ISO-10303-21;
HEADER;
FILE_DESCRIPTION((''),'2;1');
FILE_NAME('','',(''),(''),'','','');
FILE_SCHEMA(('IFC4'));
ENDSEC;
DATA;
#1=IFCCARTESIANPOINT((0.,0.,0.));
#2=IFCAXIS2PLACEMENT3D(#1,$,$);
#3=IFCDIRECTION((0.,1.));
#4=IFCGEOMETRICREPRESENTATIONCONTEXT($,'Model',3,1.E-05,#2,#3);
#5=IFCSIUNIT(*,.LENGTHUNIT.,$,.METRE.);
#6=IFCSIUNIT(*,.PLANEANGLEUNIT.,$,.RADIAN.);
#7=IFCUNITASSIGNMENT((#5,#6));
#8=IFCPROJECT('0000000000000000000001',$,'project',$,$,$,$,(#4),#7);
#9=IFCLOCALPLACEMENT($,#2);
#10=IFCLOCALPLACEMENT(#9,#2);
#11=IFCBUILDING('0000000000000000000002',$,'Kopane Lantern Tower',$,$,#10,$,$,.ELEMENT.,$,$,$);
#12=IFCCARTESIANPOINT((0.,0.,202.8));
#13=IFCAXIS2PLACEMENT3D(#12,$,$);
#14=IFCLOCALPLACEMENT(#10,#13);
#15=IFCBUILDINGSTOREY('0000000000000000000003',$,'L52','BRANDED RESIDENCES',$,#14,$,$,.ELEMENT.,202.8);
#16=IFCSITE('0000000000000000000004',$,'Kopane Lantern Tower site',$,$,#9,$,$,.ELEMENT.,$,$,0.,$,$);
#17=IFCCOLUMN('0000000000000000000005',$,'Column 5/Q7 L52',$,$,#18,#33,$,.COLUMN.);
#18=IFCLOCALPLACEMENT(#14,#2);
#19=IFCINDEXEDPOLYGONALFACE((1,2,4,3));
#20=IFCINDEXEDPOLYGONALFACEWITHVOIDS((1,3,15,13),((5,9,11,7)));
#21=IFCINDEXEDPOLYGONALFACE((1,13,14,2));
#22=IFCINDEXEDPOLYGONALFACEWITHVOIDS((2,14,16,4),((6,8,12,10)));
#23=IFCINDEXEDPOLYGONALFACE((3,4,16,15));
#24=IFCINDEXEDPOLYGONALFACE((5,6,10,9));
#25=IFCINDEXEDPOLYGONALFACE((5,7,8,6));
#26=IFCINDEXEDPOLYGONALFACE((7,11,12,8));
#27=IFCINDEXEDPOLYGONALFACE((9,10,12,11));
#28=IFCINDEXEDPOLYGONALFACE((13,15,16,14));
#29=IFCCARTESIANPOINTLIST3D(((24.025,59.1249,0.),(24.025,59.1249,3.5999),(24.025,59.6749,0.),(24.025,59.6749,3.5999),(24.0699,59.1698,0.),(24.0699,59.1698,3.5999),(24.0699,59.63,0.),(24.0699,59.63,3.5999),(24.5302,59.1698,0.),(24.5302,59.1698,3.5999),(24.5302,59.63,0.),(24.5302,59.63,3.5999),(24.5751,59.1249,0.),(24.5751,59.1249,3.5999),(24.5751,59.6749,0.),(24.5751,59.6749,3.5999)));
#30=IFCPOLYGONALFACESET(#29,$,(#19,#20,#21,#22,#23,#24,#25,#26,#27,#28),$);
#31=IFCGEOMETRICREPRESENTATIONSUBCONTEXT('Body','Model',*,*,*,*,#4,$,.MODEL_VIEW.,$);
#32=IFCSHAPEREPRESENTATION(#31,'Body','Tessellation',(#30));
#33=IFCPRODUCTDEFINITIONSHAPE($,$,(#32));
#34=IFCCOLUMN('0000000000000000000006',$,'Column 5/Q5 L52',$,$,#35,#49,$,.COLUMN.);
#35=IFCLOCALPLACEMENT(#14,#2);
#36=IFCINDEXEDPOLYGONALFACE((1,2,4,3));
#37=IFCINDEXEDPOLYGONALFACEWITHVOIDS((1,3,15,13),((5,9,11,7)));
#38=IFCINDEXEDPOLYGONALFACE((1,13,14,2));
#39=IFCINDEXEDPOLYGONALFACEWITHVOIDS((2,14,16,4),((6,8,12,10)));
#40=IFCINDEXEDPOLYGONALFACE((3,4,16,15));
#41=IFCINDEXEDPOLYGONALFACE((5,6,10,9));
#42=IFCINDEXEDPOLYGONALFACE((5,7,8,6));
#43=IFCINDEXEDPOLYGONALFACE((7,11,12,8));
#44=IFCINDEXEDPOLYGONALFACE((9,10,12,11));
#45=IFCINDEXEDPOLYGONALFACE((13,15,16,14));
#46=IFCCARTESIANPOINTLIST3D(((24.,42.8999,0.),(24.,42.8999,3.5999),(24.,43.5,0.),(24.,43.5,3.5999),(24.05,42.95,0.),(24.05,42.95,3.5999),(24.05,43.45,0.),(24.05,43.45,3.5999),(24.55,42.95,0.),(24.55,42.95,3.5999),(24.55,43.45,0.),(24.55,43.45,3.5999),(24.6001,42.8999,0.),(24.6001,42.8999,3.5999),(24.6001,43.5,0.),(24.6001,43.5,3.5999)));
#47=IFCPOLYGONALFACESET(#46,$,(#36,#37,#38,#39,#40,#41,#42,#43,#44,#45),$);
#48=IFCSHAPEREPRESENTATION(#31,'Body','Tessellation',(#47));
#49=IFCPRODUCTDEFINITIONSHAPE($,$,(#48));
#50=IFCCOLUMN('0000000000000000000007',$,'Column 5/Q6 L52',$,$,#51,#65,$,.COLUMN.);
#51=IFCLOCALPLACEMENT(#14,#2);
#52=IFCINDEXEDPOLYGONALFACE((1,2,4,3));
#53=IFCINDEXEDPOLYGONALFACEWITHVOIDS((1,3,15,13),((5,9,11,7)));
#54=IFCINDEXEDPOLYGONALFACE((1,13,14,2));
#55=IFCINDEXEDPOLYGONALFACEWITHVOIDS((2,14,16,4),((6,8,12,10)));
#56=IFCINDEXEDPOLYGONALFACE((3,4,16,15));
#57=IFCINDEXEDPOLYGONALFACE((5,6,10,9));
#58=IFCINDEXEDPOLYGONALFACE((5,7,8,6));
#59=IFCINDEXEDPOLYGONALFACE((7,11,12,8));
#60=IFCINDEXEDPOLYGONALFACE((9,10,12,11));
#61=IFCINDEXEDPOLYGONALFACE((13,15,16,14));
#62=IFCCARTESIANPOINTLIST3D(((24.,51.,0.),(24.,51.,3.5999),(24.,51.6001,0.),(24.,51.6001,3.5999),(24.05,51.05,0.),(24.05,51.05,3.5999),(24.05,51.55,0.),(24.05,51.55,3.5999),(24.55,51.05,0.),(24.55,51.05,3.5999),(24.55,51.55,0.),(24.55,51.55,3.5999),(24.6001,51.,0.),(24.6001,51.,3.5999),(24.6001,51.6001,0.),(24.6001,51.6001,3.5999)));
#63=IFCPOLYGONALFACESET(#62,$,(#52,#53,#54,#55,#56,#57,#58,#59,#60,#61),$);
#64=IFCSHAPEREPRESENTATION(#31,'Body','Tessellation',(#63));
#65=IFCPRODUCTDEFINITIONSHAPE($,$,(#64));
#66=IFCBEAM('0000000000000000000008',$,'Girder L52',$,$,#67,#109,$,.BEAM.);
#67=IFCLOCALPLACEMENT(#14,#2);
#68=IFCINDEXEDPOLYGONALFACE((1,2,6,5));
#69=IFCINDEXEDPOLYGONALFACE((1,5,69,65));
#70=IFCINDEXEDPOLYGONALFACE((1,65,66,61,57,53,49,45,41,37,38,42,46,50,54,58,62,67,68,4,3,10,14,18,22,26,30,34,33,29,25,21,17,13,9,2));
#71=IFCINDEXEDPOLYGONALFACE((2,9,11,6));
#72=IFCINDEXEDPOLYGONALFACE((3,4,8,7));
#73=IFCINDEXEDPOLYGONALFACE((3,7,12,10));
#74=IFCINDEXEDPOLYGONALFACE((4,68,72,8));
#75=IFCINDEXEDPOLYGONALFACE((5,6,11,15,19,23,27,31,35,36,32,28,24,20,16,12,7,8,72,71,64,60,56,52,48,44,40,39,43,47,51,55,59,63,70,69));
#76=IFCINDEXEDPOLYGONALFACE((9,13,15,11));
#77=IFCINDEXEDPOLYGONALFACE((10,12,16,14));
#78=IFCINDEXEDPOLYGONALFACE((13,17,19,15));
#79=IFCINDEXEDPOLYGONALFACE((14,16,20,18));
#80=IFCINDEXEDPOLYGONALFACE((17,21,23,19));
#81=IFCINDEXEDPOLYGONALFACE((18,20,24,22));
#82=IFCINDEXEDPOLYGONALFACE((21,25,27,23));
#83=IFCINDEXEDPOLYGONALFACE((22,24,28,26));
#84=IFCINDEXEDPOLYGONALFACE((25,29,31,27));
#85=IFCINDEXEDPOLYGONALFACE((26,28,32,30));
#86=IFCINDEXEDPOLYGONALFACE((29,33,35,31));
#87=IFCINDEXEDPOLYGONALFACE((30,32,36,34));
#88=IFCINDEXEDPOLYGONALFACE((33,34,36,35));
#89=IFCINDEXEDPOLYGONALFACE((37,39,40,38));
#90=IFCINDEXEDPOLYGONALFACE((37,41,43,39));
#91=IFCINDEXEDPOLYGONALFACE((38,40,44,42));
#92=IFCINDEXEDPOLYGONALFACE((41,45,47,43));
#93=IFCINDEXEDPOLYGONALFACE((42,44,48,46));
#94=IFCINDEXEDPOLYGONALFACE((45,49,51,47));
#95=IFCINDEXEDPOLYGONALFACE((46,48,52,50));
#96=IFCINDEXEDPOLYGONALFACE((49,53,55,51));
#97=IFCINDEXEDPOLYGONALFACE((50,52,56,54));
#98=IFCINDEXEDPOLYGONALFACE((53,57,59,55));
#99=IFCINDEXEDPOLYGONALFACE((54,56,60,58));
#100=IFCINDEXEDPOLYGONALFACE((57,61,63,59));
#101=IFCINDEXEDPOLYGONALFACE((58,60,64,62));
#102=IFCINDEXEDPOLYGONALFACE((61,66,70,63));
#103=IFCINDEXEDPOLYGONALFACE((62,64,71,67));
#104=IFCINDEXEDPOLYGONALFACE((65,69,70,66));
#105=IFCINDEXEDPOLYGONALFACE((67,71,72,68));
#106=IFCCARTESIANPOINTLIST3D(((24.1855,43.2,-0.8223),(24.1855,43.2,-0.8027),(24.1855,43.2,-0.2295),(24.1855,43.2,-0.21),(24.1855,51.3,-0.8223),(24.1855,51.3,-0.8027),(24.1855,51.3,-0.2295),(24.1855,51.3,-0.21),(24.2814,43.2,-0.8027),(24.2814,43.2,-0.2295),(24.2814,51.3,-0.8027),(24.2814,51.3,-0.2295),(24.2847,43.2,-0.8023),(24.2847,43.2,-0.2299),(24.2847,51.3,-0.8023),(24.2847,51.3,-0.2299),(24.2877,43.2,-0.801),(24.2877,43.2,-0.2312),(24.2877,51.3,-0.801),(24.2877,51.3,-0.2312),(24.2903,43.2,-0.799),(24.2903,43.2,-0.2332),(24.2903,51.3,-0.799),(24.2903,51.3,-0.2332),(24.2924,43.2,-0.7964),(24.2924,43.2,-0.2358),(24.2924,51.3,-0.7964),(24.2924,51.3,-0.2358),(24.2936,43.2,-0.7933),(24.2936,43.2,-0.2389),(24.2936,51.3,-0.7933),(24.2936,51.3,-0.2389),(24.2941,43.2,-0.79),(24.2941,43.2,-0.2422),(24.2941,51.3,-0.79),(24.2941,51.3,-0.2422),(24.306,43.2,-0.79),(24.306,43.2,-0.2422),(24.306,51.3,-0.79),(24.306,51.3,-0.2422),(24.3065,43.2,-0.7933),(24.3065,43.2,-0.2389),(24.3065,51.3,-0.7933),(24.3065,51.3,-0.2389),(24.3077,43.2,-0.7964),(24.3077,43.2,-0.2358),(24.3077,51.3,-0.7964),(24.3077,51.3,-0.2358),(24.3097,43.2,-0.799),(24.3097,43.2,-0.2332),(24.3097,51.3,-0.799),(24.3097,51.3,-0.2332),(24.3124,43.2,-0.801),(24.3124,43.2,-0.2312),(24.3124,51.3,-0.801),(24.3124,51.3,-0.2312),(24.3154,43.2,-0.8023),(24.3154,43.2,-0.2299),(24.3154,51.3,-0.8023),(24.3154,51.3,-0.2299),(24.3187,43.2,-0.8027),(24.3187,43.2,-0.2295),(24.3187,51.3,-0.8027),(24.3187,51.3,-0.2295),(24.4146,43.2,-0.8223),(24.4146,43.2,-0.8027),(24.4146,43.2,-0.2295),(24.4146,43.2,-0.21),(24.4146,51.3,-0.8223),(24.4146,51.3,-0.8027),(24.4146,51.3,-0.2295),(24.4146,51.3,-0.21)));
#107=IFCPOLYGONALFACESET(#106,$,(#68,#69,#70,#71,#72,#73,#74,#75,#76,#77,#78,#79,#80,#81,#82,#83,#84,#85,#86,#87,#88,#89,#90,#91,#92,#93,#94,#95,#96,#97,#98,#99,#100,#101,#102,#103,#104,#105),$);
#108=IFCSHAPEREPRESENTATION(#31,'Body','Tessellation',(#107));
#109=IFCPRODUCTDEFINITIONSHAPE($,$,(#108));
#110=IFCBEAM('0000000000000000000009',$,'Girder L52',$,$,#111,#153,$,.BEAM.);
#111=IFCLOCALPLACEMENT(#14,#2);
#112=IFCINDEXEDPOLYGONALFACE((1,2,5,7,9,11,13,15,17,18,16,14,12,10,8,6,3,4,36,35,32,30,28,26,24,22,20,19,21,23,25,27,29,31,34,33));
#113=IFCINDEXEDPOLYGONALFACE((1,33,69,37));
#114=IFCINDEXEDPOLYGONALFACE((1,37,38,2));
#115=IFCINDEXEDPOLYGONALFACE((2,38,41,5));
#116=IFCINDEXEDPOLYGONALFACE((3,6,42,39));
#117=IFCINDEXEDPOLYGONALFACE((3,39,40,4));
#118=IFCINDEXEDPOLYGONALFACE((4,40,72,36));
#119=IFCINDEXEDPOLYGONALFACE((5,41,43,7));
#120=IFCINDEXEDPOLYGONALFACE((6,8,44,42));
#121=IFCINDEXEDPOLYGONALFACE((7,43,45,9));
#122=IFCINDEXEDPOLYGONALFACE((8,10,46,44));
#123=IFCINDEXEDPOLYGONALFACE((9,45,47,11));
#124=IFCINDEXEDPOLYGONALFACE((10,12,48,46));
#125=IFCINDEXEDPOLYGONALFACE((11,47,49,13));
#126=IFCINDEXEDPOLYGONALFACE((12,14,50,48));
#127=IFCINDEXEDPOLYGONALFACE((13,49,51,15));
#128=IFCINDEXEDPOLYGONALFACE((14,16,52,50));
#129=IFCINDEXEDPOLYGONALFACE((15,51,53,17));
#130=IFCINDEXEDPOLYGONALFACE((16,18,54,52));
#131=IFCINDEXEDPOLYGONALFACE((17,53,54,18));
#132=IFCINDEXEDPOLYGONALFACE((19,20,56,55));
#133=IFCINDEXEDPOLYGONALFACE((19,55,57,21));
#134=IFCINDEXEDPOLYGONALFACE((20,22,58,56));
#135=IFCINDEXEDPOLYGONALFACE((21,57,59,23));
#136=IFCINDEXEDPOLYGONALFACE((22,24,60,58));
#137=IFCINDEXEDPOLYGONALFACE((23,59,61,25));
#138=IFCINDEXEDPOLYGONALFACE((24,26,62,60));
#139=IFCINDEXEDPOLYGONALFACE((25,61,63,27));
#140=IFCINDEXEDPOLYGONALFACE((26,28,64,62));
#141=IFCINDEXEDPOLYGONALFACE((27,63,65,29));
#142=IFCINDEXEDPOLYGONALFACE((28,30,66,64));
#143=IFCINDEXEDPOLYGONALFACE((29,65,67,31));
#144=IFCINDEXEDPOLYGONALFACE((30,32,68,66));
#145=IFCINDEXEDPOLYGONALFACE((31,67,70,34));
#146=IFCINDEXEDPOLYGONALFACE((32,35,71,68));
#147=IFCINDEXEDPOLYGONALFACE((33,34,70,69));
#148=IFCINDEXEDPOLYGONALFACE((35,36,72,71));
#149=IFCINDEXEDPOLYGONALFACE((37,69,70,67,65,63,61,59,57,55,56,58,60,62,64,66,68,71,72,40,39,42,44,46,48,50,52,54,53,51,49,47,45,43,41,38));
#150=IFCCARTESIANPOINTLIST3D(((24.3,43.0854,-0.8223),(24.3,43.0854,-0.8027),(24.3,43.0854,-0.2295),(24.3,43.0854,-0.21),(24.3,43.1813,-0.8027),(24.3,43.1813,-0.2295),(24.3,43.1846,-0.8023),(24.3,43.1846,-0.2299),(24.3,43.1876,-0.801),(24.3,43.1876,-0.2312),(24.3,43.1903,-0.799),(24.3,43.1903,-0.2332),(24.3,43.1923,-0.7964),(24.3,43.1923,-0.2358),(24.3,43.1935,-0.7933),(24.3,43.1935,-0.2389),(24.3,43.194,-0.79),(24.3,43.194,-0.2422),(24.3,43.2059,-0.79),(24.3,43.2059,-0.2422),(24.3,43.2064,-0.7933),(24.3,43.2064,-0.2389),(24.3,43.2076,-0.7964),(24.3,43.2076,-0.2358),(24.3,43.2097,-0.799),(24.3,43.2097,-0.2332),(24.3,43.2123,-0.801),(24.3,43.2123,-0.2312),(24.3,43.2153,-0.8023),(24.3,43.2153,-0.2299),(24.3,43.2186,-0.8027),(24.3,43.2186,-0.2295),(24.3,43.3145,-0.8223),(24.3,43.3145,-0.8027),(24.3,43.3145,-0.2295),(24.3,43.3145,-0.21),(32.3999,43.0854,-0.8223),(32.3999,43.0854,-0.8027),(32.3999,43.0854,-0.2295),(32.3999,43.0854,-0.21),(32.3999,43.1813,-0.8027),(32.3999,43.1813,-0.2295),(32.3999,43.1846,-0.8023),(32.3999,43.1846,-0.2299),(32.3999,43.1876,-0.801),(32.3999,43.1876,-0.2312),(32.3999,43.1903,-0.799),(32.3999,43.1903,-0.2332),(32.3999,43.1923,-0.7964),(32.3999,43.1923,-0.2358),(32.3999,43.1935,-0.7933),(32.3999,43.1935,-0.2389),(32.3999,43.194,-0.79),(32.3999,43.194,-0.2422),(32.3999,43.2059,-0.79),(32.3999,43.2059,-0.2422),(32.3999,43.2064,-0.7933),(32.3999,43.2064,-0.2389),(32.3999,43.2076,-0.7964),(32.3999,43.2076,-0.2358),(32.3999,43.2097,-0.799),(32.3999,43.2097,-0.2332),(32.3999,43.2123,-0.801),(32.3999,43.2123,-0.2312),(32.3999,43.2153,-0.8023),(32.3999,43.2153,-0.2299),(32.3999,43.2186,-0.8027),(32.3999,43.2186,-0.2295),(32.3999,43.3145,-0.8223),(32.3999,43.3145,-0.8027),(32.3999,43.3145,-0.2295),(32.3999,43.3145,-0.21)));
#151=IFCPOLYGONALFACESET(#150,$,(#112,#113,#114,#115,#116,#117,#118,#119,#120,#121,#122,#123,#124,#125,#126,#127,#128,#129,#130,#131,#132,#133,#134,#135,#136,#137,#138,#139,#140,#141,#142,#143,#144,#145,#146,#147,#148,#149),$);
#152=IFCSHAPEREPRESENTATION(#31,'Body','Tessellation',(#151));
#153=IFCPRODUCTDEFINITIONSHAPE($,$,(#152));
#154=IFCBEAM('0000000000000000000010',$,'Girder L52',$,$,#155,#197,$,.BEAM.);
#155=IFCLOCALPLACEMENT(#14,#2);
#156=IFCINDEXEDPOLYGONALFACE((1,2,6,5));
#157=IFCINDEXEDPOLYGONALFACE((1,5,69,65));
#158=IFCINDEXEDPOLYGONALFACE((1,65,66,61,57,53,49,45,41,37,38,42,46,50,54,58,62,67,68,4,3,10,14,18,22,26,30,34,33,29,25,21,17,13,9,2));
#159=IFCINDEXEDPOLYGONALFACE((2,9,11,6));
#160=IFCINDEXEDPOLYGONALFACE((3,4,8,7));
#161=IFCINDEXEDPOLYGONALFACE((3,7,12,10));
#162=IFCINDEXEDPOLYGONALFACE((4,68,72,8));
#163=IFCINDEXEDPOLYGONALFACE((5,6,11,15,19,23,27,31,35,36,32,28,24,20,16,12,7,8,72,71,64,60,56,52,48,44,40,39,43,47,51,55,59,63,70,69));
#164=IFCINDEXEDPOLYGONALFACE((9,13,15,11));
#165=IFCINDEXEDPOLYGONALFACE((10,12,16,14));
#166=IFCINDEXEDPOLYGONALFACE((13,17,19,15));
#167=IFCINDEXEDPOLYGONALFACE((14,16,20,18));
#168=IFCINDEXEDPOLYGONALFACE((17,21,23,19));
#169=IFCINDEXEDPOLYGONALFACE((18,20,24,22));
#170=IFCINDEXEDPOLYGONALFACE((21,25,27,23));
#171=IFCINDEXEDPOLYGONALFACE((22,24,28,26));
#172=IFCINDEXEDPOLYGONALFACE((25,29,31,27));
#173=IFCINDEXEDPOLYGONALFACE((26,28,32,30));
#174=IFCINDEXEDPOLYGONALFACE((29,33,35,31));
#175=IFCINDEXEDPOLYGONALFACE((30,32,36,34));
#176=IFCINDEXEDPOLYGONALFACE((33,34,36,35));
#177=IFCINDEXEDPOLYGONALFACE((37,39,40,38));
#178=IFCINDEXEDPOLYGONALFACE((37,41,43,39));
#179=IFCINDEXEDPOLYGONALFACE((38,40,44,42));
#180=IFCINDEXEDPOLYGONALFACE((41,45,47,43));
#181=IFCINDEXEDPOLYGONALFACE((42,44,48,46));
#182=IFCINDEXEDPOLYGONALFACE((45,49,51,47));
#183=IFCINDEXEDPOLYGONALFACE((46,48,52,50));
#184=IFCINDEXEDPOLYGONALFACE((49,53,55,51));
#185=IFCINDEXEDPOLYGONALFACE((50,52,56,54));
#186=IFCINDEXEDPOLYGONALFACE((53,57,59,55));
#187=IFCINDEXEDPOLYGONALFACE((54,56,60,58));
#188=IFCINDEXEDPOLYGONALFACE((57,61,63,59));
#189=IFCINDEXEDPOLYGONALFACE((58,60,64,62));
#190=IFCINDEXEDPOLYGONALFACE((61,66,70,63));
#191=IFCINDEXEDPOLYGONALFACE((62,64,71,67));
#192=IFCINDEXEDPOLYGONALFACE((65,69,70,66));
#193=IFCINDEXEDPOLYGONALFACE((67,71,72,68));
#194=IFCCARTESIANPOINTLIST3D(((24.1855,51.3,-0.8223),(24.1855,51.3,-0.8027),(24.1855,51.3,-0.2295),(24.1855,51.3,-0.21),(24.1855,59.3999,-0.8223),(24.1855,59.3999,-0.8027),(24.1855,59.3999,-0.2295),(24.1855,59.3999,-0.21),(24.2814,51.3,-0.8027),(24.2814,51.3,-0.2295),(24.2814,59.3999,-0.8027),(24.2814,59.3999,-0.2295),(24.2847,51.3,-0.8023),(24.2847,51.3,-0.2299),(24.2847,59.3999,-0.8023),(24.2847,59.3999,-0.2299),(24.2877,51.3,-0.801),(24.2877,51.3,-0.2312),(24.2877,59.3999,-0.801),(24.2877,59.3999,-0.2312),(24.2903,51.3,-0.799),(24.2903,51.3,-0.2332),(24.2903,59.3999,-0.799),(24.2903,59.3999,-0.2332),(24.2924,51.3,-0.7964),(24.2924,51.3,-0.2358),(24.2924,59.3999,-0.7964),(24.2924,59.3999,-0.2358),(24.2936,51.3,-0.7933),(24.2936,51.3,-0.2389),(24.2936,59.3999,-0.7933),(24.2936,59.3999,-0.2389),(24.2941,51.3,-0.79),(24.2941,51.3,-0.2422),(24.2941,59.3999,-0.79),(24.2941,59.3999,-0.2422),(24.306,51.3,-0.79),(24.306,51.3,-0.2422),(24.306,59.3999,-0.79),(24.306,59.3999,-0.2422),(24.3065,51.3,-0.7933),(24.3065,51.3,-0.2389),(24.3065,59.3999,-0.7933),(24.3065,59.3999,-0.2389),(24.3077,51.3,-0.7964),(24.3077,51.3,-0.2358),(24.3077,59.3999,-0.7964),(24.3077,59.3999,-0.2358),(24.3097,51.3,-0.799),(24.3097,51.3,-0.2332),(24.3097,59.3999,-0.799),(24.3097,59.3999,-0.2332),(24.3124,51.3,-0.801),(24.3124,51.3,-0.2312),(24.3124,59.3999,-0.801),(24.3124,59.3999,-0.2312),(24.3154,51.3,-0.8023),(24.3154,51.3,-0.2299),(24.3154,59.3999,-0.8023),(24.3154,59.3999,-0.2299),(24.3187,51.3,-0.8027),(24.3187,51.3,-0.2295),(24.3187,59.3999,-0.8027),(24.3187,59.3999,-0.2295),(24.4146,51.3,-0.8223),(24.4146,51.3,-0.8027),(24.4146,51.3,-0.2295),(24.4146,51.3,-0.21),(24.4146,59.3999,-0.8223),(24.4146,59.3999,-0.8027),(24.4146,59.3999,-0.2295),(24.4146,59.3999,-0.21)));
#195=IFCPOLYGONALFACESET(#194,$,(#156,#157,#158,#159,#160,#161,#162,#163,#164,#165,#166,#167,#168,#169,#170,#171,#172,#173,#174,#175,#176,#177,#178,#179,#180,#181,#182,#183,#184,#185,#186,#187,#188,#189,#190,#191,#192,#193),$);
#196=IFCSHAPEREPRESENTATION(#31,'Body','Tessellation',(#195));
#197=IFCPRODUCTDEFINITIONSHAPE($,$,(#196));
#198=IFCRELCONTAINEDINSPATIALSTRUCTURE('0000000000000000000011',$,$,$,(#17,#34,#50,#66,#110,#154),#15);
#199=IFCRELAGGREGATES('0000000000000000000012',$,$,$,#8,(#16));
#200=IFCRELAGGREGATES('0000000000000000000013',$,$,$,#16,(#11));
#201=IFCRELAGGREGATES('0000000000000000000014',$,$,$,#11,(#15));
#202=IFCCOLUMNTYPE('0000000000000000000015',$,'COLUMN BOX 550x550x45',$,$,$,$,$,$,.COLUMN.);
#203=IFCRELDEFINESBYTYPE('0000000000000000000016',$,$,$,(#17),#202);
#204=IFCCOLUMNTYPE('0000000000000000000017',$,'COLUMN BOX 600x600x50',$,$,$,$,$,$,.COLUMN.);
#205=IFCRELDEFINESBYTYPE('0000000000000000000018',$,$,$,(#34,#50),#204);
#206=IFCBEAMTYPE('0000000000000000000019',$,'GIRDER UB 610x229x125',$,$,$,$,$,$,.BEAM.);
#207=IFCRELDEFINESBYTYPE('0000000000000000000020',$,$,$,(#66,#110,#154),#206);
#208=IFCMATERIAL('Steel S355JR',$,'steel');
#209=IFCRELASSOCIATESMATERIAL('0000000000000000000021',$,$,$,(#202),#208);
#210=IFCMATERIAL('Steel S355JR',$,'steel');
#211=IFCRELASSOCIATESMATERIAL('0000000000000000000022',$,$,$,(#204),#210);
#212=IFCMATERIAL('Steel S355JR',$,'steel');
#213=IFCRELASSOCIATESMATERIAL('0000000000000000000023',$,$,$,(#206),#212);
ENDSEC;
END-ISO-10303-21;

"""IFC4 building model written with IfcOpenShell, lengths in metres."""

from ifc_helpers import new_model, si_unit, direction, frame, origin, origin_2d, place, context, subcontext, project, spatial, hollow_rectangle, i_section, extrude, material, material_profile, profile_set, type_object, element, save


model = new_model("IFC4")

# Units and contexts
model_context = context("Model", 3, precision=1e-05, world=origin(), true_north=direction((0.0, 1.0)))
body_context = subcontext(model_context, "Body", "Model", "MODEL_VIEW")
ifc_project = project(units=[si_unit("LENGTHUNIT", "METRE"), si_unit("PLANEANGLEUNIT", "RADIAN")], contexts=[model_context])

# Site, building, storey
site_placement = place(None, origin())
site = spatial("IfcSite", under=ifc_project, at=site_placement, Name="Kopane Lantern Tower site", CompositionType="ELEMENT", RefElevation=0.0)
building_placement = place(site_placement, origin())
building = spatial("IfcBuilding", under=site, at=building_placement, Name="Kopane Lantern Tower", CompositionType="ELEMENT")
storey_placement = place(building_placement, frame((0.0, 0.0, 202.8)))
storey = spatial("IfcBuildingStorey", under=building, at=storey_placement, Name="L52", Description="BRANDED RESIDENCES", CompositionType="ELEMENT", Elevation=202.8)

# Columns
ifc_material_1 = material(Name="Steel S355JR", Category="steel")
ifc_material_profile_1 = material_profile(ifc_material_1, hollow_rectangle(XDim=0.55, YDim=0.55, WallThickness=0.0449, at=origin_2d()), Name="BOX 550x550x45")
ifc_profile_set_1 = profile_set([ifc_material_profile_1], Name="Steel S355JR")
column_type_1 = type_object("IfcColumnType", Name="COLUMN BOX 550x550x45", PredefinedType="COLUMN", material=ifc_profile_set_1)
column_placement = place(storey_placement, frame((24.3, 59.3999, 0.0), z_axis=(0.0, 0.0, 1.0), x_axis=(1.0, 0.0, 0.0)))
element("IfcColumn", 1, at=column_placement, inside=storey, type_object=column_type_1, Name="Column 5/Q7 L52", PredefinedType="COLUMN", context=body_context, shape_type="SweptSolid", body=[
    extrude(hollow_rectangle(XDim=0.55, YDim=0.55, WallThickness=0.0449, at=origin_2d()), origin(), (0.0, 0.0, 1.0), 3.5999),
])
ifc_material_2 = material(Name="Steel S355JR", Category="steel")
ifc_material_profile_2 = material_profile(ifc_material_2, hollow_rectangle(XDim=0.6001, YDim=0.6001, WallThickness=0.05, at=origin_2d()), Name="BOX 600x600x50")
ifc_profile_set_2 = profile_set([ifc_material_profile_2], Name="Steel S355JR")
column_type_2 = type_object("IfcColumnType", Name="COLUMN BOX 600x600x50", PredefinedType="COLUMN", material=ifc_profile_set_2)
for number, where, z_axis, x_axis, name in (
    (2, (24.3, 43.2, 0.0), (0.0, 0.0, 1.0), (1.0, 0.0, 0.0), "Column 5/Q5 L52"),
    (3, (24.3, 51.3, 0.0), (0.0, 0.0, 1.0), (1.0, 0.0, 0.0), "Column 5/Q6 L52"),
):
    element("IfcColumn", number, at=place(storey_placement, frame(where, z_axis=z_axis, x_axis=x_axis)), inside=storey, type_object=column_type_2, Name=name, PredefinedType="COLUMN", context=body_context, shape_type="SweptSolid", body=[
        extrude(hollow_rectangle(XDim=0.6001, YDim=0.6001, WallThickness=0.05, at=origin_2d()), origin(), (0.0, 0.0, 1.0), 3.5999),
    ])

# Beams
ifc_material_3 = material(Name="Steel S355JR", Category="steel")
ifc_material_profile_3 = material_profile(ifc_material_3, i_section(OverallWidth=0.229, OverallDepth=0.6123, WebThickness=0.012, FlangeThickness=0.0195, FilletRadius=0.0127, at=origin_2d()), Name="UB 610x229x125")
ifc_profile_set_3 = profile_set([ifc_material_profile_3], Name="Steel S355JR")
beam_type = type_object("IfcBeamType", Name="GIRDER UB 610x229x125", PredefinedType="BEAM", material=ifc_profile_set_3)
beam_placement = place(storey_placement, frame((24.3, 43.2, -0.5161), z_axis=(0.0, 1.0, 0.0), x_axis=(-1.0, 0.0, 0.0)))
element("IfcBeam", 4, at=beam_placement, inside=storey, type_object=beam_type, Name="Girder L52", PredefinedType="BEAM", context=body_context, shape_type="SweptSolid", body=[
    extrude(i_section(OverallWidth=0.229, OverallDepth=0.6123, WebThickness=0.012, FlangeThickness=0.0195, FilletRadius=0.0127, at=origin_2d()), origin(), (0.0, 0.0, 1.0), 8.1001),
])
for number, where, z_axis, x_axis, name in (
    (5, (24.3, 43.2, -0.5161), (1.0, 0.0, 0.0), (0.0, 1.0, 0.0), "Girder L52"),
    (6, (24.3, 51.3, -0.5161), (0.0, 1.0, 0.0), (-1.0, 0.0, 0.0), "Girder L52"),
):
    element("IfcBeam", number, at=place(storey_placement, frame(where, z_axis=z_axis, x_axis=x_axis)), inside=storey, type_object=beam_type, Name=name, PredefinedType="BEAM", context=body_context, shape_type="SweptSolid", body=[
        extrude(i_section(OverallWidth=0.229, OverallDepth=0.6123, WebThickness=0.012, FlangeThickness=0.0195, FilletRadius=0.0127, at=origin_2d()), origin(), (0.0, 0.0, 1.0), 8.0999),
    ])

save(model, "model.ifc")
